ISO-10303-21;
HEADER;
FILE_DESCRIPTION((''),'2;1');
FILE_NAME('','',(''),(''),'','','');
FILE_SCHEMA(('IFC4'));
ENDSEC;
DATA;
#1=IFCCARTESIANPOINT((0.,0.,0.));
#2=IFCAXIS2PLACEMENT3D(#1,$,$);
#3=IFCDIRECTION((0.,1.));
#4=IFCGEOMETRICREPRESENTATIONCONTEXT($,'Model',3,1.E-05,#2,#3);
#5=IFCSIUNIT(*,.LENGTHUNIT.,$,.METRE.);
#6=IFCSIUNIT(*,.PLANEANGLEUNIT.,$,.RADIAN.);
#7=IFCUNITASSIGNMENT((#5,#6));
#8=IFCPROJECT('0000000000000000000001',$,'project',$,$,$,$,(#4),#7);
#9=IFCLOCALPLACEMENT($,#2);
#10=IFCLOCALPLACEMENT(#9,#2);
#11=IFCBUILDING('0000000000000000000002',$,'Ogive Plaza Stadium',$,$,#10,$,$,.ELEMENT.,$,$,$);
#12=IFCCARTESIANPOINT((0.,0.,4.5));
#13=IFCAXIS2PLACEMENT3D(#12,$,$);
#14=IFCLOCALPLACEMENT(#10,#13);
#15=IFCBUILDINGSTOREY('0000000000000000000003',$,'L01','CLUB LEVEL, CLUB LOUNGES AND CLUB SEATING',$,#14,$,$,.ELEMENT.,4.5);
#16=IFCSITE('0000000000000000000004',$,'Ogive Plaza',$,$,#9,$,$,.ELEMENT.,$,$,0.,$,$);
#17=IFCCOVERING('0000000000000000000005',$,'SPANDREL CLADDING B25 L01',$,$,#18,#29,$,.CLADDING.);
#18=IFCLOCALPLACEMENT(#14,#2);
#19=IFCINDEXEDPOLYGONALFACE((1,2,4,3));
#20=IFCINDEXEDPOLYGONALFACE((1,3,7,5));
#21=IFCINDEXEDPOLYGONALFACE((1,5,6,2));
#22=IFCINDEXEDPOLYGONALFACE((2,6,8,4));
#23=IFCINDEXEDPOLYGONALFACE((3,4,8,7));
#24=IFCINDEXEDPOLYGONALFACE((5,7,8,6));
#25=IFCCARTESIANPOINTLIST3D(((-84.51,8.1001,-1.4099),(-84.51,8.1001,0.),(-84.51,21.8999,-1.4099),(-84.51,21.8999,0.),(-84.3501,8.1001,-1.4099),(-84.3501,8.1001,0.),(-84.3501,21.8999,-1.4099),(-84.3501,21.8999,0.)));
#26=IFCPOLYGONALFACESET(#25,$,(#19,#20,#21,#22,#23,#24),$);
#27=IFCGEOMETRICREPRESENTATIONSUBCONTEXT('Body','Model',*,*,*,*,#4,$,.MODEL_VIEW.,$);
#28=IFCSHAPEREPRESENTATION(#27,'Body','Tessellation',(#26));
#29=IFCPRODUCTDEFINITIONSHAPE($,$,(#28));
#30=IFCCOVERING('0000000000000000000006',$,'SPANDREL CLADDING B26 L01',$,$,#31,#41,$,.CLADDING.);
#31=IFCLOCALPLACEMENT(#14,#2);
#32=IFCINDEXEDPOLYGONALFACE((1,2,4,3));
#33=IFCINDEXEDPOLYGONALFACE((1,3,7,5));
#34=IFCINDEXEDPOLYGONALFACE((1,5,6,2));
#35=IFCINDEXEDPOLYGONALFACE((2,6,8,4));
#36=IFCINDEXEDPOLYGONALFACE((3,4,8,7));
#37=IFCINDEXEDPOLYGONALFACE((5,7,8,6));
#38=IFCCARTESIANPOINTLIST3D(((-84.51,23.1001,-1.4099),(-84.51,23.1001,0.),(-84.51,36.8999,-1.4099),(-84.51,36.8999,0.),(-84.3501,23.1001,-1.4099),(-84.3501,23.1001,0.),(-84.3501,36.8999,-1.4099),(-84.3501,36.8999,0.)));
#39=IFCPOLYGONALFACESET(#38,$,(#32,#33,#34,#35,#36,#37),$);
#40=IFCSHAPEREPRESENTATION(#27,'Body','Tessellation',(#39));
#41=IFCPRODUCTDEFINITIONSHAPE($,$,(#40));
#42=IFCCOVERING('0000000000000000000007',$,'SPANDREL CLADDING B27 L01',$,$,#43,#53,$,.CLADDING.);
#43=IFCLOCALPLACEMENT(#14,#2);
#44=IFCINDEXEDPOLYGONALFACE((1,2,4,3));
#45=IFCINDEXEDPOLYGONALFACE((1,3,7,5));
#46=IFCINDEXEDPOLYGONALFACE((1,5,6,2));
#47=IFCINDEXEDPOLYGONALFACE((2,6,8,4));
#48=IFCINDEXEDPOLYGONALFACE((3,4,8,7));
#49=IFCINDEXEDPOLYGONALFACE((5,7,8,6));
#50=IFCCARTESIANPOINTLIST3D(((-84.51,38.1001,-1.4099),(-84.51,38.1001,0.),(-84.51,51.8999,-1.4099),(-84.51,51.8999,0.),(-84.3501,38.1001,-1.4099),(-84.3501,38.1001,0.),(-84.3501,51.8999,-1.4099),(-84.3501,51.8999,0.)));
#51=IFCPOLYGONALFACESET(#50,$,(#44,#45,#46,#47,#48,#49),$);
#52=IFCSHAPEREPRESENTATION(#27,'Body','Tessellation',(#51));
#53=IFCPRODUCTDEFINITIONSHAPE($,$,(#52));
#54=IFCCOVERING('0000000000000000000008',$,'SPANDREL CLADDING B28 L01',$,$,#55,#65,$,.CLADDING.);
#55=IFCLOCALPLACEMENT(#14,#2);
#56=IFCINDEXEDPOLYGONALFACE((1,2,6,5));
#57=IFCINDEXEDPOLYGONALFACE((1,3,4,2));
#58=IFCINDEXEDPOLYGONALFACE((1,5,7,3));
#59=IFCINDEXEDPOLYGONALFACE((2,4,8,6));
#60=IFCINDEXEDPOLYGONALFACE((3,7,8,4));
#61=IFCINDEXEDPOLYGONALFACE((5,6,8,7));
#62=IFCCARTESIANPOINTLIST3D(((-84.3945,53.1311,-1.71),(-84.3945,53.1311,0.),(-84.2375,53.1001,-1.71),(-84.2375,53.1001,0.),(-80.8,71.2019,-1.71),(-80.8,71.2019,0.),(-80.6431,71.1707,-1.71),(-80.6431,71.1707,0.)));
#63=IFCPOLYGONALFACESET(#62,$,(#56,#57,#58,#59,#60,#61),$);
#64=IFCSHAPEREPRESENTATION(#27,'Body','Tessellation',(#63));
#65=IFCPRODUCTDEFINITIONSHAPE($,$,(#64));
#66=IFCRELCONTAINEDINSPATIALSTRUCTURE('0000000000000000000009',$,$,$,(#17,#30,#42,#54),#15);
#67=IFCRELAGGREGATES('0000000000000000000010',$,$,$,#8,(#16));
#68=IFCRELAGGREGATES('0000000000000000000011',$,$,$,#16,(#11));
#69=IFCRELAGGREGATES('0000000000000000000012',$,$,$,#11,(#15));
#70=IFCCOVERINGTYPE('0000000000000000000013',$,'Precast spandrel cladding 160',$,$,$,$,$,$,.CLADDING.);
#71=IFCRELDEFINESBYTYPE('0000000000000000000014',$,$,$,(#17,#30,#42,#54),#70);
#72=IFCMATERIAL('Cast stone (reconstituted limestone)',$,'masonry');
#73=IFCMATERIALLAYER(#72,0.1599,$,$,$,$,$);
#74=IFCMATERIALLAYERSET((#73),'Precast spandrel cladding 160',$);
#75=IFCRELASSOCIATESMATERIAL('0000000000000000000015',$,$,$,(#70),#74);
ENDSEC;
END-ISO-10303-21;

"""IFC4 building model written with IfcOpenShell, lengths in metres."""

from ifc_helpers import new_model, si_unit, direction, frame, origin, place, context, subcontext, project, spatial, polyline, outline, extrude, material, layer, layer_set, type_object, element, save


model = new_model("IFC4")

# Units and contexts
model_context = context("Model", 3, precision=1e-05, world=origin(), true_north=direction((0.0, 1.0)))
body_context = subcontext(model_context, "Body", "Model", "MODEL_VIEW")
ifc_project = project(units=[si_unit("LENGTHUNIT", "METRE"), si_unit("PLANEANGLEUNIT", "RADIAN")], contexts=[model_context])

# Site, building, storey
site_placement = place(None, origin())
site = spatial("IfcSite", under=ifc_project, at=site_placement, Name="Ogive Plaza", CompositionType="ELEMENT", RefElevation=0.0)
building_placement = place(site_placement, origin())
building = spatial("IfcBuilding", under=site, at=building_placement, Name="Ogive Plaza Stadium", CompositionType="ELEMENT")
storey_placement = place(building_placement, frame((0.0, 0.0, 4.5)))
storey = spatial("IfcBuildingStorey", under=building, at=storey_placement, Name="L01", Description="CLUB LEVEL, CLUB LOUNGES AND CLUB SEATING", CompositionType="ELEMENT", Elevation=4.5)

# Coverings
ifc_material_1 = material(Name="Cast stone (reconstituted limestone)", Category="masonry")
ifc_layer_1 = layer(ifc_material_1, 0.1599)
ifc_layer_set_1 = layer_set([ifc_layer_1], Name="Precast spandrel cladding 160")
covering_type = type_object("IfcCoveringType", Name="Precast spandrel cladding 160", PredefinedType="CLADDING", material=ifc_layer_set_1)
covering_1_placement = place(storey_placement, frame((0.0, 0.0, -1.4099)))
element("IfcCovering", 1, at=covering_1_placement, inside=storey, type_object=covering_type, Name="SPANDREL CLADDING B25 L01", PredefinedType="CLADDING", context=body_context, shape_type="SweptSolid", body=[
    extrude(outline(polyline([(-84.3501, 8.1001), (-84.3501, 21.8999), (-84.51, 21.8999), (-84.51, 8.1001), (-84.3501, 8.1001)])), origin(), (0.0, 0.0, 1.0), 1.4099),
])
covering_2_placement = place(storey_placement, frame((0.0, 0.0, -1.4099)))
element("IfcCovering", 2, at=covering_2_placement, inside=storey, type_object=covering_type, Name="SPANDREL CLADDING B26 L01", PredefinedType="CLADDING", context=body_context, shape_type="SweptSolid", body=[
    extrude(outline(polyline([(-84.3501, 23.1001), (-84.3501, 36.8999), (-84.51, 36.8999), (-84.51, 23.1001), (-84.3501, 23.1001)])), origin(), (0.0, 0.0, 1.0), 1.4099),
])
covering_3_placement = place(storey_placement, frame((0.0, 0.0, -1.4099)))
element("IfcCovering", 3, at=covering_3_placement, inside=storey, type_object=covering_type, Name="SPANDREL CLADDING B27 L01", PredefinedType="CLADDING", context=body_context, shape_type="SweptSolid", body=[
    extrude(outline(polyline([(-84.3501, 38.1001), (-84.3501, 51.8999), (-84.51, 51.8999), (-84.51, 38.1001), (-84.3501, 38.1001)])), origin(), (0.0, 0.0, 1.0), 1.4099),
])
covering_4_placement = place(storey_placement, frame((0.0, 0.0, -1.71)))
element("IfcCovering", 4, at=covering_4_placement, inside=storey, type_object=covering_type, Name="SPANDREL CLADDING B28 L01", PredefinedType="CLADDING", context=body_context, shape_type="SweptSolid", body=[
    extrude(outline(polyline([(-84.2375, 53.1001), (-80.6431, 71.1707), (-80.8, 71.2019), (-84.3945, 53.1311), (-84.2375, 53.1001)])), origin(), (0.0, 0.0, 1.0), 1.71),
])

save(model, "model.ifc")
